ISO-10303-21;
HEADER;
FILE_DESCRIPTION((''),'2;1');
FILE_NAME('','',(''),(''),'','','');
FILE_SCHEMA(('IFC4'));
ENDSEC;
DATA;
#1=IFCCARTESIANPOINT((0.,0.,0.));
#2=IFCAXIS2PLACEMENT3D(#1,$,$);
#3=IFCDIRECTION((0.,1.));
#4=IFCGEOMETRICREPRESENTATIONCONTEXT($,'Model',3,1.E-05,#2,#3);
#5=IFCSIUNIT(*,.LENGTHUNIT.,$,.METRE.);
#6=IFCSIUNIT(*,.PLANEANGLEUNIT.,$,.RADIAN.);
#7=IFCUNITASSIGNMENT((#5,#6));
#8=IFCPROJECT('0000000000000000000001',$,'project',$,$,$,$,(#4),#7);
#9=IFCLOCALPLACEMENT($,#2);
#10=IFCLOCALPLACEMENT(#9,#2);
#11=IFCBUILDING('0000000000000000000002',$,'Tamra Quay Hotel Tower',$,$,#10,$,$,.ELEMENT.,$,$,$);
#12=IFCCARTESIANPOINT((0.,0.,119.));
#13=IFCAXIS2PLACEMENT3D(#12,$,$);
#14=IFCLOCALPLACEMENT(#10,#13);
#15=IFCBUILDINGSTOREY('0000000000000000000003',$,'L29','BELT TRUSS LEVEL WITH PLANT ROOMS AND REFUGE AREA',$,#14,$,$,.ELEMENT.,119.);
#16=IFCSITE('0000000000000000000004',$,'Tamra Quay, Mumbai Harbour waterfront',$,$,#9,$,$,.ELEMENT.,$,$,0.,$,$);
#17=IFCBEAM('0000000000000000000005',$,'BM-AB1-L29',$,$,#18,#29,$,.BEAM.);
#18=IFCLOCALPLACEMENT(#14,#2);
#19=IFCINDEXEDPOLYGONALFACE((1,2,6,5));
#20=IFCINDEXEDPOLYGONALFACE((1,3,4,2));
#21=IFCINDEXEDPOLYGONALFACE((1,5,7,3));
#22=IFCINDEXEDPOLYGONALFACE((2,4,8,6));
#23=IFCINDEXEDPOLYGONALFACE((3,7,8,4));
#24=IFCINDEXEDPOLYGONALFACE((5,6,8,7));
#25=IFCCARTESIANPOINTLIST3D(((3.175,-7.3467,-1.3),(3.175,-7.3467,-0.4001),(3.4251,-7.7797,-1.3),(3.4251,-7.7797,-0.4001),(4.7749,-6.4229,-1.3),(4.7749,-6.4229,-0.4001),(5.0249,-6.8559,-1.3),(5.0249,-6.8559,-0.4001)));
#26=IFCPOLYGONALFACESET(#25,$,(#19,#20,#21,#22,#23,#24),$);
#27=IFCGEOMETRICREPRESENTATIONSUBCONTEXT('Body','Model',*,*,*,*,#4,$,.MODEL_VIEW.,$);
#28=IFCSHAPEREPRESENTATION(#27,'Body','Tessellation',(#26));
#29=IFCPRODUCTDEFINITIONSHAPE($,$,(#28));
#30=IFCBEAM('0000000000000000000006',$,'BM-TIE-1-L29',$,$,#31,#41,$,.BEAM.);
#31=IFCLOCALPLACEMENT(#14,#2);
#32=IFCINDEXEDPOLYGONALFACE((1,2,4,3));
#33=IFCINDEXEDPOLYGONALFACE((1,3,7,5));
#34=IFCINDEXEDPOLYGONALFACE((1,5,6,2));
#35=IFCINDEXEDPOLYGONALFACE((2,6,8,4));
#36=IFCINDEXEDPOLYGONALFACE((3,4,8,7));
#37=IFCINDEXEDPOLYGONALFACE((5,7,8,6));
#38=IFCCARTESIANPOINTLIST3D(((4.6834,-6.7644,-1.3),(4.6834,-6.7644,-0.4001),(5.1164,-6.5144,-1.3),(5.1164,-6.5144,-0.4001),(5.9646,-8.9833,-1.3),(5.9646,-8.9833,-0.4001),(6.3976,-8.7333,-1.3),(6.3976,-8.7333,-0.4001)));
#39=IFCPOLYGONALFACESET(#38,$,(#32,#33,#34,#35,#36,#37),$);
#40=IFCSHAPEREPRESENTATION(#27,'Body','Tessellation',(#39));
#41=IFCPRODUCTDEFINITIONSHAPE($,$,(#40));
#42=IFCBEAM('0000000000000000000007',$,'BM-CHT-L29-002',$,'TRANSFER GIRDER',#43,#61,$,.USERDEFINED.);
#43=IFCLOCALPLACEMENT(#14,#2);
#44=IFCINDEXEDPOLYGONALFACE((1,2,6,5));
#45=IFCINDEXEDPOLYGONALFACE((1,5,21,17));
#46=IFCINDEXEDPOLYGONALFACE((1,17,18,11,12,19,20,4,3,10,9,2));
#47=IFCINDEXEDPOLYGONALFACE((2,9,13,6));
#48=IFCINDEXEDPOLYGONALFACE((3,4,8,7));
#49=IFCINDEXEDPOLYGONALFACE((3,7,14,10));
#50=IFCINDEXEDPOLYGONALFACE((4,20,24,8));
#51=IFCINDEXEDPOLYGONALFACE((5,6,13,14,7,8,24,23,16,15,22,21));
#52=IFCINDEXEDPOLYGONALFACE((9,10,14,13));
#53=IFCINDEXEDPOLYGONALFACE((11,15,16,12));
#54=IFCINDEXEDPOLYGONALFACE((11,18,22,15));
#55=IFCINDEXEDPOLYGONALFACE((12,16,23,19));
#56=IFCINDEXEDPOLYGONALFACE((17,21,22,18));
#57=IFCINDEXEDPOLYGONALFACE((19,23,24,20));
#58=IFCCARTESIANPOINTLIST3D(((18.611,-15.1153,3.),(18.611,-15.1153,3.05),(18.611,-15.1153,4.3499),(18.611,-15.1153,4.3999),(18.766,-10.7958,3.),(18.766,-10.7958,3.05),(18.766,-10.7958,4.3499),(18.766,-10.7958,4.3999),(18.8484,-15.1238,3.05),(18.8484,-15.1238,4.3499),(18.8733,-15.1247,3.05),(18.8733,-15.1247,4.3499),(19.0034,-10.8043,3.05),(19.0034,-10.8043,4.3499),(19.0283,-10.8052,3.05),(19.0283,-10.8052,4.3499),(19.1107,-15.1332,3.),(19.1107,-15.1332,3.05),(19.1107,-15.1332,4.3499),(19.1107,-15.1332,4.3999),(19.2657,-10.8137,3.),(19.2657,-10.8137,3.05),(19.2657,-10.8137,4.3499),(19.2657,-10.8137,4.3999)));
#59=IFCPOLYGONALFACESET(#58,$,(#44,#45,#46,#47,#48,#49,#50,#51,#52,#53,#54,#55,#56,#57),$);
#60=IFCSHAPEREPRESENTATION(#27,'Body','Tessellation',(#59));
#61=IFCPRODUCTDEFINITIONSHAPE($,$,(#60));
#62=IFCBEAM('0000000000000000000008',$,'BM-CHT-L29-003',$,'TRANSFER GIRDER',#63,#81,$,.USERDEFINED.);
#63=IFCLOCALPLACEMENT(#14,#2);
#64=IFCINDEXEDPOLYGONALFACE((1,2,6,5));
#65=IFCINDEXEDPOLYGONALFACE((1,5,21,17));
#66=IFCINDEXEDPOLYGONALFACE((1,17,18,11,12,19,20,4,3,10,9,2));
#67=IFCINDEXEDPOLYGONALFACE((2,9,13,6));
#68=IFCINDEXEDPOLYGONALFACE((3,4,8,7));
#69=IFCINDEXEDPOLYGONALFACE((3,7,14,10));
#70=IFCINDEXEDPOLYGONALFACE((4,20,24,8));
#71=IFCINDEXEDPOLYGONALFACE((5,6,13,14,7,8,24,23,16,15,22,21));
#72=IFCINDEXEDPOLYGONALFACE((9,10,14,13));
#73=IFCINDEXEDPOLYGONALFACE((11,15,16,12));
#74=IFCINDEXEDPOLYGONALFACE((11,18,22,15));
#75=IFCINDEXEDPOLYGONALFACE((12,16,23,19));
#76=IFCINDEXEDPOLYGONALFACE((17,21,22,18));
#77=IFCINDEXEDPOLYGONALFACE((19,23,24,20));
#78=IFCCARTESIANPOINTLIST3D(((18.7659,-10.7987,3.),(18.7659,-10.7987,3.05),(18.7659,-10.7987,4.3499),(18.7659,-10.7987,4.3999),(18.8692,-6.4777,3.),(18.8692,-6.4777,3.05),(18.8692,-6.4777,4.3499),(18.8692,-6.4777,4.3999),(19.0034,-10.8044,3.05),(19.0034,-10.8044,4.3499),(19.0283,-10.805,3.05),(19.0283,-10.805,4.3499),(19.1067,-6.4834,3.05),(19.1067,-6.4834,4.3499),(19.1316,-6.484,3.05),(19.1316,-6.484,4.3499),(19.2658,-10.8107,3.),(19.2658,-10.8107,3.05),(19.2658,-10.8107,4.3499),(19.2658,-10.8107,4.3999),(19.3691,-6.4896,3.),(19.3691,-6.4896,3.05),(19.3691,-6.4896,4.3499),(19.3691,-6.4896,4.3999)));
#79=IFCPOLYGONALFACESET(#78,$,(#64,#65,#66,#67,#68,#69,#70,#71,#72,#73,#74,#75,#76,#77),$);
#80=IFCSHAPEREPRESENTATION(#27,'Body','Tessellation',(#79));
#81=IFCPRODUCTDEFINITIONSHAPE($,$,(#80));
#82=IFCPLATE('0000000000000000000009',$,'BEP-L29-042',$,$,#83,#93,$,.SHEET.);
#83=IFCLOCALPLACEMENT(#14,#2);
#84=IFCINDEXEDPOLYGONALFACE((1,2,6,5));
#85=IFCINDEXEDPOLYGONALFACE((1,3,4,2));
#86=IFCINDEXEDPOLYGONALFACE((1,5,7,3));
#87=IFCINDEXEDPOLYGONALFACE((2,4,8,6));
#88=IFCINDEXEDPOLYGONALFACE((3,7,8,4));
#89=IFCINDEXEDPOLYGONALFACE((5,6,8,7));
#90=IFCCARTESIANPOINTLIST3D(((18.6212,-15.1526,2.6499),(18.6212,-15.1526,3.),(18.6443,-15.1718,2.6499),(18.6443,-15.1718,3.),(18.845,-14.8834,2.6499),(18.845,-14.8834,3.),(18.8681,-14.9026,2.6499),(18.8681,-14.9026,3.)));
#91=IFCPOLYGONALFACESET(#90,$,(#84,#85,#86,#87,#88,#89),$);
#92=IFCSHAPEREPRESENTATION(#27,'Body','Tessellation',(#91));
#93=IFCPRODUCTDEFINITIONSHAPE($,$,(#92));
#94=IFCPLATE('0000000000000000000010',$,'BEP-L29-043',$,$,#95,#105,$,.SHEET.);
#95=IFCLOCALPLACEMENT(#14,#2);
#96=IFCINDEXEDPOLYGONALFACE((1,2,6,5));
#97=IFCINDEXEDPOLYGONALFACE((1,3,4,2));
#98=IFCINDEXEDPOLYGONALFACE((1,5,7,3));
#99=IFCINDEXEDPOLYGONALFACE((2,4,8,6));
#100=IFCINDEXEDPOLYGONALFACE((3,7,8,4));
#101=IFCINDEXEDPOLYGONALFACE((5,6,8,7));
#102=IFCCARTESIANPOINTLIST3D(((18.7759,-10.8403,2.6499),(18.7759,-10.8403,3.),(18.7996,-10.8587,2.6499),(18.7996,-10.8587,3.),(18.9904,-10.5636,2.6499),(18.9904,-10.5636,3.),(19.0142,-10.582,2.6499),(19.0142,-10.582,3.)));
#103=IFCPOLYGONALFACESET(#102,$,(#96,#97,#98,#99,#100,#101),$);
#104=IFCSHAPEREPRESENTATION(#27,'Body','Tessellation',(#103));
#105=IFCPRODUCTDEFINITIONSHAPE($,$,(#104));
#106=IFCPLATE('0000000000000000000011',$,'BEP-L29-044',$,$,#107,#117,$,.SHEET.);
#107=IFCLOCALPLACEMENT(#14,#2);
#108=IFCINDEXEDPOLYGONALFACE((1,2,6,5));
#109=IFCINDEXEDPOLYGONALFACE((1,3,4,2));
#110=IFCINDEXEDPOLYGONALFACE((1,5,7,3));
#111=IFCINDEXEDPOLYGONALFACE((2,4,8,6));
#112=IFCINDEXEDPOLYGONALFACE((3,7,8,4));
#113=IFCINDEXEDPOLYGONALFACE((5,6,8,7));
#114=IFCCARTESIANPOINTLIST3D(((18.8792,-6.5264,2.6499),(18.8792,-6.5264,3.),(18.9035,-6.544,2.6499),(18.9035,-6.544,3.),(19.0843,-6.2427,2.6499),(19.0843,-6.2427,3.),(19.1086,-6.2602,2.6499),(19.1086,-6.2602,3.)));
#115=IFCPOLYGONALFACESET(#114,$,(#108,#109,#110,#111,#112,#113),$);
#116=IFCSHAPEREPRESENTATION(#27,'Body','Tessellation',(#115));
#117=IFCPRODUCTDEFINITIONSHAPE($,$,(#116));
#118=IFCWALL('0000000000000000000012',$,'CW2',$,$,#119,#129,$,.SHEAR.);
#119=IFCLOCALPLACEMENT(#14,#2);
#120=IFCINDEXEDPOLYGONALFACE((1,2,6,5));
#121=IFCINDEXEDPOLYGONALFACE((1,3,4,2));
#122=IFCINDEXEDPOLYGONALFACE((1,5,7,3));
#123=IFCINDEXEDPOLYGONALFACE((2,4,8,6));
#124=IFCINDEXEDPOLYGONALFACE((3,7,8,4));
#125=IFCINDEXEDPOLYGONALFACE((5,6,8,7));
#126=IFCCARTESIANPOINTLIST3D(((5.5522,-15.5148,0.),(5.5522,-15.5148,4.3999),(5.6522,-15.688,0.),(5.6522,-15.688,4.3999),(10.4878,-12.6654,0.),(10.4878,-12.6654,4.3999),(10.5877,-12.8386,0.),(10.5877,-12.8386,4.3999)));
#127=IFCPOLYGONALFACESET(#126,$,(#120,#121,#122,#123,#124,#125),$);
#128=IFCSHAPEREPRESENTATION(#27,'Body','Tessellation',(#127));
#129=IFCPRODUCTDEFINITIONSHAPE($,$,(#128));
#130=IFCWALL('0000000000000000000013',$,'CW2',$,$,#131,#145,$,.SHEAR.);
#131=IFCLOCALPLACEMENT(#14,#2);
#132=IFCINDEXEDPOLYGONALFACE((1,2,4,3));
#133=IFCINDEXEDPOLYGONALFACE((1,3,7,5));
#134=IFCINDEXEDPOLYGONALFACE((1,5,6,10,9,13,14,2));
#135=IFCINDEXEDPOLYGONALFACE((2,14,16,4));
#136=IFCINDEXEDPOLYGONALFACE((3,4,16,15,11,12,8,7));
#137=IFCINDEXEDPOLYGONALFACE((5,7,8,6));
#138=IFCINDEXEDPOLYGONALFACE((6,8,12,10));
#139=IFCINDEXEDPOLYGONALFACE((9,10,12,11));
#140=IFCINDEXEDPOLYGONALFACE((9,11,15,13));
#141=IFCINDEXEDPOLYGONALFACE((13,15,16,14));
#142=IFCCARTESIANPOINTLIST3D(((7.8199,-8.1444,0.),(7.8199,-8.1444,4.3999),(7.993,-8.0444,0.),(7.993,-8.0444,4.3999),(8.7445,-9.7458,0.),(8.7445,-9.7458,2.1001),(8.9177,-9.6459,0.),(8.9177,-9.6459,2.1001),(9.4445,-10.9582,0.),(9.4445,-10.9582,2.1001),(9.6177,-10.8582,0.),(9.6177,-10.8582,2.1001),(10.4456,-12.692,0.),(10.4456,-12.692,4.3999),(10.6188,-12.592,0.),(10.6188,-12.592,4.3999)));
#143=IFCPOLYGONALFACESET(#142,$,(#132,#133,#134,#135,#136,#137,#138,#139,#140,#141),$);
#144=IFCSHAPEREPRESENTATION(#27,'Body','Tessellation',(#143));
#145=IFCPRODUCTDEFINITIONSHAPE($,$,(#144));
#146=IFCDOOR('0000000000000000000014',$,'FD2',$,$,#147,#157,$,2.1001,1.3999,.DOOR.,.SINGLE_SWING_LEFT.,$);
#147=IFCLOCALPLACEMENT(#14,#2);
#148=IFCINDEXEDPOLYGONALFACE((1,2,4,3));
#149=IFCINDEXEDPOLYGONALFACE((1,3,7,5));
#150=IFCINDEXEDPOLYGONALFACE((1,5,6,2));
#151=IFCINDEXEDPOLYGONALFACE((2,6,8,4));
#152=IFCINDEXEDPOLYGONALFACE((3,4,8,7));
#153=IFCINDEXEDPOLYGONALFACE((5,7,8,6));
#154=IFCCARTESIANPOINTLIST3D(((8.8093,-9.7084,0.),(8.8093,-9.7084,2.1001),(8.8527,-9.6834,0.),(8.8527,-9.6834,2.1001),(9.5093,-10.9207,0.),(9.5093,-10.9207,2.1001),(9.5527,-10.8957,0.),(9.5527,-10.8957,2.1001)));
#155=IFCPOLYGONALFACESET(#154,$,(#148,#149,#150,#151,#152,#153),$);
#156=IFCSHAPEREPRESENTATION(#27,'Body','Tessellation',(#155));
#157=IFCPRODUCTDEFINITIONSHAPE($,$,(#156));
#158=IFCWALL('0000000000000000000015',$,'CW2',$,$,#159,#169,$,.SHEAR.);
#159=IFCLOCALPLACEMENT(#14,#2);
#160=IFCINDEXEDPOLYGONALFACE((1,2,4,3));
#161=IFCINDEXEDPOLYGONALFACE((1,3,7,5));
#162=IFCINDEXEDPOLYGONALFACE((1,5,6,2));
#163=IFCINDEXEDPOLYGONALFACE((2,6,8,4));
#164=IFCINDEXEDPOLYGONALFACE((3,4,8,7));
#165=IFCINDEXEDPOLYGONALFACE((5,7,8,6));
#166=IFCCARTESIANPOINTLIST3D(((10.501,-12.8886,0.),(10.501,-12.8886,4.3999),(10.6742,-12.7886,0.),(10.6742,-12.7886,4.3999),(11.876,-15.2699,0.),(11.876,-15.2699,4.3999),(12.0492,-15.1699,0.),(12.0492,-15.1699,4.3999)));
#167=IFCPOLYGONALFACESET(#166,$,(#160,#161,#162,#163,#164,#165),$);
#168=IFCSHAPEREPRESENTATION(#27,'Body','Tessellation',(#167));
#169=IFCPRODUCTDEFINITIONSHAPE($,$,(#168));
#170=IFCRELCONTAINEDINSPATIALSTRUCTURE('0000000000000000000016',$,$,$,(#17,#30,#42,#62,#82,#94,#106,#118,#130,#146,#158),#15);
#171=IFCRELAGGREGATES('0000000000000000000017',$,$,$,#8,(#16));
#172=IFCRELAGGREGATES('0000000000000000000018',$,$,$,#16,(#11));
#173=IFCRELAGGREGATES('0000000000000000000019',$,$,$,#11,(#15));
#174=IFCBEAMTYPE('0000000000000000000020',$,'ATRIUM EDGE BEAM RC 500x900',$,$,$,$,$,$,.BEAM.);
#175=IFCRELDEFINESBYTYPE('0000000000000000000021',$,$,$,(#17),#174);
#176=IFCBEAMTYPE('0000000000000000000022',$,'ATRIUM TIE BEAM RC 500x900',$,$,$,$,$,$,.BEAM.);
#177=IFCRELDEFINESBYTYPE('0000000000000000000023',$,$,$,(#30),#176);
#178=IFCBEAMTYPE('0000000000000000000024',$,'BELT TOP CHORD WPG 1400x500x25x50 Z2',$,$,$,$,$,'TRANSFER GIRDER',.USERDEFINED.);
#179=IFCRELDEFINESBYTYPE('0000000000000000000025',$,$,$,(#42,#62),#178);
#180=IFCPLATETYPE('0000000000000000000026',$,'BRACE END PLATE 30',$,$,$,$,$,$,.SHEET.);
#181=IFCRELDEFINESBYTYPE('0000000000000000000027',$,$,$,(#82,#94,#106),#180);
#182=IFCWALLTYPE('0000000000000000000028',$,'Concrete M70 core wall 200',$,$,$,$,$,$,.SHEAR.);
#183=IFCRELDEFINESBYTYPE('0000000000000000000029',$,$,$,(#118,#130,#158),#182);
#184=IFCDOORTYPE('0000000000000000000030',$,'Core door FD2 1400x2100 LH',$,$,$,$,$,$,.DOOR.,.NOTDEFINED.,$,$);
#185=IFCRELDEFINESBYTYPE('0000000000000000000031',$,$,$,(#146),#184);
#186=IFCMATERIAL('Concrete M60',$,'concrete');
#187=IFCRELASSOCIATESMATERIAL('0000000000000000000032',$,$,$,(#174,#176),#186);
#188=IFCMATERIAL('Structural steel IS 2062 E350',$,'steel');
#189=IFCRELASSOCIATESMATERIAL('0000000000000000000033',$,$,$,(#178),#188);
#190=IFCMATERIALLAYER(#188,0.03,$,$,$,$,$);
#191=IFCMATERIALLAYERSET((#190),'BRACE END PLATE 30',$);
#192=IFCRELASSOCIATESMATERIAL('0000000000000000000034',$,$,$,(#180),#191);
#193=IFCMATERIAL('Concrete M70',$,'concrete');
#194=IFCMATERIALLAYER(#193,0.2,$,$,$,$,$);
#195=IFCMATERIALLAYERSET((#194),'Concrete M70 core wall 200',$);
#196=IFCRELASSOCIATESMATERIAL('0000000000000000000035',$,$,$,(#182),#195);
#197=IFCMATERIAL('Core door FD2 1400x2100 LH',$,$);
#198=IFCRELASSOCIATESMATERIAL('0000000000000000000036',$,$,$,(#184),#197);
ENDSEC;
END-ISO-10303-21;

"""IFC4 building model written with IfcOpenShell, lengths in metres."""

from ifc_helpers import new_model, si_unit, direction, frame, frame_2d, origin, origin_2d, place, context, subcontext, project, spatial, rectangle, i_section, extrude, material, layer, layer_set, material_profile, profile_set, type_object, element, fill, save


model = new_model("IFC4")

# Units and contexts
model_context = context("Model", 3, precision=1e-05, world=origin(), true_north=direction((0.0, 1.0)))
body_context = subcontext(model_context, "Body", "Model", "MODEL_VIEW")
ifc_project = project(units=[si_unit("LENGTHUNIT", "METRE"), si_unit("PLANEANGLEUNIT", "RADIAN")], contexts=[model_context])

# Site, building, storey
site_placement = place(None, origin())
site = spatial("IfcSite", under=ifc_project, at=site_placement, Name="Tamra Quay, Mumbai Harbour waterfront", CompositionType="ELEMENT", RefElevation=0.0)
building_placement = place(site_placement, origin())
building = spatial("IfcBuilding", under=site, at=building_placement, Name="Tamra Quay Hotel Tower", CompositionType="ELEMENT")
storey_placement = place(building_placement, frame((0.0, 0.0, 119.0)))
storey = spatial("IfcBuildingStorey", under=building, at=storey_placement, Name="L29", Description="BELT TRUSS LEVEL WITH PLANT ROOMS AND REFUGE AREA", CompositionType="ELEMENT", Elevation=119.0)

# Beams
ifc_material_1 = material(Name="Concrete M60", Category="concrete")
ifc_material_profile_1 = material_profile(ifc_material_1, rectangle(XDim=0.5, YDim=0.8999, at=origin_2d()), Name="ATRIUM EDGE BEAM RC 500x900")
ifc_profile_set_1 = profile_set([ifc_material_profile_1], Name="Concrete M60")
beam_type_1 = type_object("IfcBeamType", Name="ATRIUM EDGE BEAM RC 500x900", PredefinedType="BEAM", material=ifc_profile_set_1)
beam_1_placement = place(storey_placement, frame((4.8999, -6.6394, -0.8501), z_axis=(-0.86599, -0.500062, 0.0), x_axis=(0.500062, -0.86599, 0.0)))
element("IfcBeam", 1, at=beam_1_placement, inside=storey, type_object=beam_type_1, Name="BM-AB1-L29", PredefinedType="BEAM", context=body_context, shape_type="SweptSolid", body=[
    extrude(rectangle(XDim=0.5, YDim=0.8999, at=origin_2d()), origin(), (0.0, 0.0, 1.0), 1.8474),
])
ifc_material_profile_2 = material_profile(ifc_material_1, rectangle(XDim=0.5, YDim=0.8999, at=origin_2d()), Name="ATRIUM TIE BEAM RC 500x900")
ifc_profile_set_2 = profile_set([ifc_material_profile_2], Name="Concrete M60")
beam_type_2 = type_object("IfcBeamType", Name="ATRIUM TIE BEAM RC 500x900", PredefinedType="BEAM", material=ifc_profile_set_2)
beam_2_placement = place(storey_placement, frame((4.8999, -6.6394, -0.8501), z_axis=(0.500033, -0.866006, 0.0), x_axis=(0.866006, 0.500033, 0.0)))
element("IfcBeam", 2, at=beam_2_placement, inside=storey, type_object=beam_type_2, Name="BM-TIE-1-L29", PredefinedType="BEAM", context=body_context, shape_type="SweptSolid", body=[
    extrude(rectangle(XDim=0.5, YDim=0.8999, at=origin_2d()), origin(), (0.0, 0.0, 1.0), 2.5623),
])
ifc_material_2 = material(Name="Structural steel IS 2062 E350", Category="steel")
ifc_material_profile_3 = material_profile(ifc_material_2, i_section(OverallWidth=0.5, OverallDepth=1.3999, WebThickness=0.0249, FlangeThickness=0.05, at=origin_2d()), Name="WPG 1400x500x25x50")
ifc_profile_set_3 = profile_set([ifc_material_profile_3], Name="Structural steel IS 2062 E350")
beam_type_3 = type_object("IfcBeamType", Name="BELT TOP CHORD WPG 1400x500x25x50 Z2", ElementType="TRANSFER GIRDER", PredefinedType="USERDEFINED", material=ifc_profile_set_3)
for number, where, z_axis, x_axis, name in (
    (3, (18.8608, -15.1243, 3.7), (0.035867, 0.999357, 0.0), (-0.999357, 0.035867, 0.0), "BM-CHT-L29-002"),
    (4, (19.0159, -10.8047, 3.7), (0.023893, 0.999715, 0.0), (-0.999715, 0.023893, 0.0), "BM-CHT-L29-003"),
):
    element("IfcBeam", number, at=place(storey_placement, frame(where, z_axis=z_axis, x_axis=x_axis)), inside=storey, type_object=beam_type_3, Name=name, ObjectType="TRANSFER GIRDER", PredefinedType="USERDEFINED", context=body_context, shape_type="SweptSolid", body=[
        extrude(i_section(OverallWidth=0.5, OverallDepth=1.3999, WebThickness=0.0249, FlangeThickness=0.05, at=origin_2d()), origin(), (0.0, 0.0, 1.0), 4.3223),
    ])

# Plates
ifc_layer_1 = layer(ifc_material_2, 0.03)
ifc_layer_set_1 = layer_set([ifc_layer_1], Name="BRACE END PLATE 30")
plate_type = type_object("IfcPlateType", Name="BRACE END PLATE 30", PredefinedType="SHEET", material=ifc_layer_set_1)
for number, where, z_axis, x_axis, name in (
    (5, (18.7446, -15.0276, 2.6499), (0.0, 0.0, 1.0), (-0.768927, 0.639337, 0.0), "BEP-L29-042"),
    (6, (18.895, -10.7112, 2.6499), (0.0, 0.0, 1.0), (-0.790258, 0.612775, 0.0), "BEP-L29-043"),
    (7, (18.9939, -6.3933, 2.6499), (0.0, 0.0, 1.0), (-0.810421, 0.585848, 0.0), "BEP-L29-044"),
):
    element("IfcPlate", number, at=place(storey_placement, frame(where, z_axis=z_axis, x_axis=x_axis)), inside=storey, type_object=plate_type, Name=name, PredefinedType="SHEET", context=body_context, shape_type="SweptSolid", body=[
        extrude(rectangle(XDim=0.03, YDim=0.3501, at=origin_2d()), origin(), (0.0, 0.0, 1.0), 0.3501),
    ])

# Wall
ifc_material_3 = material(Name="Concrete M70", Category="concrete")
ifc_layer_2 = layer(ifc_material_3, 0.2)
ifc_layer_set_2 = layer_set([ifc_layer_2], Name="Concrete M70 core wall 200")
wall_type_1 = type_object("IfcWallType", Name="Concrete M70 core wall 200", PredefinedType="SHEAR", material=ifc_layer_set_2)
wall_1_placement = place(storey_placement, frame((10.5378, -12.752, 0.0), z_axis=(0.0, 0.0, 1.0), x_axis=(-0.866039, -0.499977, 0.0)))
element("IfcWall", 8, at=wall_1_placement, inside=storey, type_object=wall_type_1, Name="CW2", PredefinedType="SHEAR", context=body_context, shape_type="SweptSolid", body=[
    extrude(rectangle(XDim=5.699, YDim=0.2, at=frame_2d((2.8496, 0.0))), origin(), (0.0, 0.0, 1.0), 4.3999),
])

# Wall, opening, door
wall_2_placement = place(storey_placement, frame((7.9065, -8.0945, 0.0), z_axis=(0.0, 0.0, 1.0), x_axis=(0.500024, -0.866011, 0.0)))
wall_2 = element("IfcWall", 9, at=wall_2_placement, inside=storey, type_object=wall_type_1, Name="CW2", PredefinedType="SHEAR", context=body_context, shape_type="SweptSolid", body=[
    extrude(rectangle(XDim=5.2512, YDim=0.2, at=frame_2d((2.6255, 0.0))), origin(), (0.0, 0.0, 1.0), 4.3999),
])
opening_1_placement = place(wall_2_placement, frame((1.8491, 0.0, 0.0)))
opening_1 = element("IfcOpeningElement", 10, at=opening_1_placement, cuts=wall_2, PredefinedType="OPENING", context=body_context, shape_type="SweptSolid", body=[
    extrude(rectangle(XDim=1.3999, YDim=2.1001, at=frame_2d((0.7, 1.05))), frame((0.0, 0.1099, 0.0), z_axis=(0.0, -1.0, 0.0), x_axis=(1.0, 0.0, 0.0)), (0.0, 0.0, 1.0), 0.22),
])
ifc_material_4 = material(Name="Core door FD2 1400x2100 LH")
door_type_1 = type_object("IfcDoorType", Name="Core door FD2 1400x2100 LH", OperationType="NOTDEFINED", PredefinedType="DOOR", material=ifc_material_4)
door_1_placement = place(opening_1_placement, origin())
door_1 = element("IfcDoor", 11, at=door_1_placement, inside=storey, type_object=door_type_1, Name="FD2", OperationType="SINGLE_SWING_LEFT", OverallHeight=2.1001, OverallWidth=1.3999, PredefinedType="DOOR", context=body_context, shape_type="SweptSolid", body=[
    extrude(rectangle(XDim=1.3999, YDim=2.1001, at=frame_2d((0.7, 1.05))), frame((0.0, 0.0249, 0.0), z_axis=(0.0, -1.0, 0.0), x_axis=(1.0, 0.0, 0.0)), (0.0, 0.0, 1.0), 0.05),
])
fill(opening_1, door_1)

# Wall
wall_3_placement = place(storey_placement, frame((11.9626, -15.22, 0.0), z_axis=(0.0, 0.0, 1.0), x_axis=(-0.500035, 0.866005, 0.0)))
element("IfcWall", 12, at=wall_3_placement, inside=storey, type_object=wall_type_1, Name="CW2", PredefinedType="SHEAR", context=body_context, shape_type="SweptSolid", body=[
    extrude(rectangle(XDim=2.7498, YDim=0.2, at=frame_2d((1.375, 0.0))), origin(), (0.0, 0.0, 1.0), 4.3999),
])

save(model, "model.ifc")
